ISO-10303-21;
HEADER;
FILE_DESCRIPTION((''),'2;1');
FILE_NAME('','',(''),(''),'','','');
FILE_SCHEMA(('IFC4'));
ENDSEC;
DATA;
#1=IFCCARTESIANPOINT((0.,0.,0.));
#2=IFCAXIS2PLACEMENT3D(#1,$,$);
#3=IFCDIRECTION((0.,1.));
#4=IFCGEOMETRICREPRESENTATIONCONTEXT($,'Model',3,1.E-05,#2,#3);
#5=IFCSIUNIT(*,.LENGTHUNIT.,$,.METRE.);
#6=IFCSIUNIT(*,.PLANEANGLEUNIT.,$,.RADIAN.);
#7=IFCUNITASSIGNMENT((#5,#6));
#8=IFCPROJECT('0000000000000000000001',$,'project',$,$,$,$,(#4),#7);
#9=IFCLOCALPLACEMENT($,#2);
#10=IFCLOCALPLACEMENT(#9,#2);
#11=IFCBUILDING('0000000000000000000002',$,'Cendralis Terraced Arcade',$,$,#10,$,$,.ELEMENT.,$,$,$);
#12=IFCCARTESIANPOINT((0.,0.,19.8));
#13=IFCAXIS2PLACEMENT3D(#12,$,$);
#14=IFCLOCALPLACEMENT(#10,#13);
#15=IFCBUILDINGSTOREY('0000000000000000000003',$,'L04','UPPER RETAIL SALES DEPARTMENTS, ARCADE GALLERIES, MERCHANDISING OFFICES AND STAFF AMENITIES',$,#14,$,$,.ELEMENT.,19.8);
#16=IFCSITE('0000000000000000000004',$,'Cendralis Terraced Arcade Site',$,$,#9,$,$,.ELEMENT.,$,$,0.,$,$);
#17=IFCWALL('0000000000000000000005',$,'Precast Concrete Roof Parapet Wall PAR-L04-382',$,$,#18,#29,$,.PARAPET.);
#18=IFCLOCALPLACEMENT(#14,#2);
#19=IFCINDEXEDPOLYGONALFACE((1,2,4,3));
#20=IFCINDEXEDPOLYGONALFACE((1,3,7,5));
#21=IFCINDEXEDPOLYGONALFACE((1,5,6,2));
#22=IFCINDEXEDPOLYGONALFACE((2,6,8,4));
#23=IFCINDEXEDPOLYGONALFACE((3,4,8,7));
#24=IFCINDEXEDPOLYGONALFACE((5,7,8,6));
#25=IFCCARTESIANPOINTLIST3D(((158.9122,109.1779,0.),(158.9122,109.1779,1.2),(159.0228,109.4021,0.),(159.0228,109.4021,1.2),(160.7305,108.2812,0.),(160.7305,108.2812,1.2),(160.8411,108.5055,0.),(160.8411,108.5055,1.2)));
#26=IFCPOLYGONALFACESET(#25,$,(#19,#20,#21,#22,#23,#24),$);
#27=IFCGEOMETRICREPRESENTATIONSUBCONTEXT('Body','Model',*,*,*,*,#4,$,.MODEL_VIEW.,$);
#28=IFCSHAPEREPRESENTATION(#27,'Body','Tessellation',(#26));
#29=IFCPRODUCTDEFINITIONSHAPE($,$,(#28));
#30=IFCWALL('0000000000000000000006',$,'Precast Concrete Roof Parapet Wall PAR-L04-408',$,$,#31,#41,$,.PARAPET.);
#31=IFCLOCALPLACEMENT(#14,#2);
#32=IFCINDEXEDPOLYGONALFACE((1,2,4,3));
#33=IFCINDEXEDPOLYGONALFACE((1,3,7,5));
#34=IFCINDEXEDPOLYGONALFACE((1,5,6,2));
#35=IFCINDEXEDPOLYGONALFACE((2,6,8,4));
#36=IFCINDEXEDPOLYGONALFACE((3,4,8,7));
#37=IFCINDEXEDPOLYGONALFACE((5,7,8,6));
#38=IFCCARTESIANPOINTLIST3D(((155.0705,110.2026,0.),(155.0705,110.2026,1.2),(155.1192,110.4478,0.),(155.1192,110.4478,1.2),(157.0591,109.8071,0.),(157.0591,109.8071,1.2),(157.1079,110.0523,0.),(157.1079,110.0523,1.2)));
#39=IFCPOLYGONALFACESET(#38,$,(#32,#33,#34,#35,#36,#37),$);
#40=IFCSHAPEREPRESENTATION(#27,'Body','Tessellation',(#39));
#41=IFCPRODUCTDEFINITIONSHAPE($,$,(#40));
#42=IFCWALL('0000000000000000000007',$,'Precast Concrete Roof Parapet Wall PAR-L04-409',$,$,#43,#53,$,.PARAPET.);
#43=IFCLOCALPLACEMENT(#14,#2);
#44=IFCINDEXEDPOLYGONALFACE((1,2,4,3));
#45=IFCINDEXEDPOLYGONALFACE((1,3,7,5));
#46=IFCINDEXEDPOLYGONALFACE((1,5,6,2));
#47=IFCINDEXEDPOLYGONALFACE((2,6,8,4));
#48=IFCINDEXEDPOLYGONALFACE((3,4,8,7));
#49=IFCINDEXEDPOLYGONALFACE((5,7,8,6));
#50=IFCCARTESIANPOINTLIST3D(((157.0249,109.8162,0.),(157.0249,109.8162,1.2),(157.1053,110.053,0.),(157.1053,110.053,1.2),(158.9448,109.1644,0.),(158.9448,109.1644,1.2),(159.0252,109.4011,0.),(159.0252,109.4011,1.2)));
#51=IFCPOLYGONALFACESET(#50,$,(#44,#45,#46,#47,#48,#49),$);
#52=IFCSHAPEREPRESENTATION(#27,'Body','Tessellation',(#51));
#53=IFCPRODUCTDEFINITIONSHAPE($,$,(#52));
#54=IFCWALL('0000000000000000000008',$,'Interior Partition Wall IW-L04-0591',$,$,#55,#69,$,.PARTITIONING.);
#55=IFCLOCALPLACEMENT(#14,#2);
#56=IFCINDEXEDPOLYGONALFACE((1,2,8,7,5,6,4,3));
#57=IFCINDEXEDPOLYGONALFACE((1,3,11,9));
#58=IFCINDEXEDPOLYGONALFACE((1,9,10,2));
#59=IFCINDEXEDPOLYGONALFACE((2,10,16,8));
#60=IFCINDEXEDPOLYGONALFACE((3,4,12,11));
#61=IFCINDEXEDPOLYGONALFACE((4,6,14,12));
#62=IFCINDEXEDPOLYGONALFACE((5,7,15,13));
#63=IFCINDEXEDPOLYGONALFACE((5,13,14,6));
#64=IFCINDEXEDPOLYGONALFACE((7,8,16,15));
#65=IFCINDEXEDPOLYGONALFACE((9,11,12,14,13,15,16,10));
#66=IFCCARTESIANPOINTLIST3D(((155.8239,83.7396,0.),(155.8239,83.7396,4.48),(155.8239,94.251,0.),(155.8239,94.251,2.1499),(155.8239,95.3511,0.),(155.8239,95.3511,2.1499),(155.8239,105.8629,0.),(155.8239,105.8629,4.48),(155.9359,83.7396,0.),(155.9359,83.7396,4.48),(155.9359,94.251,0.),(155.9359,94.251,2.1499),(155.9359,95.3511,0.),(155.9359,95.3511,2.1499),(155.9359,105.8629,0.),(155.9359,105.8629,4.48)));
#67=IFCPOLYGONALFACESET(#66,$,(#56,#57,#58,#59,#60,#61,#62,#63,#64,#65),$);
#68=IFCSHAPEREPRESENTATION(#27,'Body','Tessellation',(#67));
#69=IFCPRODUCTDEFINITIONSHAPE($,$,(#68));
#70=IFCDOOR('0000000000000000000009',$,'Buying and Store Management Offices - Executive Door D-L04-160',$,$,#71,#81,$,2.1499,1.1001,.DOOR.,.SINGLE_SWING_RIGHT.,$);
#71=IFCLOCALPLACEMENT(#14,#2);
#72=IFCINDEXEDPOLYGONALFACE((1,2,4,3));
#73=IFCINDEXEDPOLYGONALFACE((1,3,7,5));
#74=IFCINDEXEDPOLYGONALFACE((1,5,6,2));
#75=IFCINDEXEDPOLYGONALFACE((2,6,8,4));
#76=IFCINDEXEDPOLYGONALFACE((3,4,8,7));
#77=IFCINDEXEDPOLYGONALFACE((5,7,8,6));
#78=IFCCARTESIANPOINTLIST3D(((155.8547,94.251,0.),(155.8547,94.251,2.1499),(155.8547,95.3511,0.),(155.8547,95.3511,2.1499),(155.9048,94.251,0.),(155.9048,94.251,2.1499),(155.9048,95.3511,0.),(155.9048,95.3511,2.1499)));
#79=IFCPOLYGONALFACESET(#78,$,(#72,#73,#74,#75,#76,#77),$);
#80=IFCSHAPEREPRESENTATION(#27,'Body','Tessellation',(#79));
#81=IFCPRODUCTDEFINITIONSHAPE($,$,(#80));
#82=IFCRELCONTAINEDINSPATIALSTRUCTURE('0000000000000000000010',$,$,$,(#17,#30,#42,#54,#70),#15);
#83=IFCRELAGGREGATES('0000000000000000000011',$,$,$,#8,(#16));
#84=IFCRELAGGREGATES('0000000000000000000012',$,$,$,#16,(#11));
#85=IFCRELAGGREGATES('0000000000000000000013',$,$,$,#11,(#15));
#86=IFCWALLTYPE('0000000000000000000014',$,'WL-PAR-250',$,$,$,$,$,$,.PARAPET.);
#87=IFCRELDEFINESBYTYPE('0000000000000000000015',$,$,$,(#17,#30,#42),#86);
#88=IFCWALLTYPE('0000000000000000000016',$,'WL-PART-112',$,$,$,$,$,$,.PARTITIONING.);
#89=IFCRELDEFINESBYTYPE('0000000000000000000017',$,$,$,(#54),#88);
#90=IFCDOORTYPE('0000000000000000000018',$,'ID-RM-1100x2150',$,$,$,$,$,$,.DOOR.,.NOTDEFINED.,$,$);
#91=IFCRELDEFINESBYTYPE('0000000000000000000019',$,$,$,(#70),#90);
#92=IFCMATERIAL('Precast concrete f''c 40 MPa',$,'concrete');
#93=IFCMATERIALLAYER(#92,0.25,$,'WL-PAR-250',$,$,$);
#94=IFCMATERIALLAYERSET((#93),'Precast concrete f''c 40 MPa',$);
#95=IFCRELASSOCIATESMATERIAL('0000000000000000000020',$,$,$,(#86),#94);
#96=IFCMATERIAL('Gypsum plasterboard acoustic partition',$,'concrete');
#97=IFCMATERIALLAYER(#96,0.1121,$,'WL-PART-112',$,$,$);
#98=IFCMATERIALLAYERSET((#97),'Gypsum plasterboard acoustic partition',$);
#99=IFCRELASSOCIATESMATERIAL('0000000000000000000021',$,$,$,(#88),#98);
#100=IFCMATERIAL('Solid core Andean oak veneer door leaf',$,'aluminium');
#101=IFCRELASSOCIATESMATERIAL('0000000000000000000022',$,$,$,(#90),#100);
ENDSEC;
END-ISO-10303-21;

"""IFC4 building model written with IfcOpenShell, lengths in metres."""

from ifc_helpers import new_model, si_unit, direction, frame, frame_2d, origin, place, context, subcontext, project, spatial, rectangle, extrude, material, layer, layer_set, type_object, element, fill, save


model = new_model("IFC4")

# Units and contexts
model_context = context("Model", 3, precision=1e-05, world=origin(), true_north=direction((0.0, 1.0)))
body_context = subcontext(model_context, "Body", "Model", "MODEL_VIEW")
ifc_project = project(units=[si_unit("LENGTHUNIT", "METRE"), si_unit("PLANEANGLEUNIT", "RADIAN")], contexts=[model_context])

# Site, building, storey
site_placement = place(None, origin())
site = spatial("IfcSite", under=ifc_project, at=site_placement, Name="Cendralis Terraced Arcade Site", CompositionType="ELEMENT", RefElevation=0.0)
building_placement = place(site_placement, origin())
building = spatial("IfcBuilding", under=site, at=building_placement, Name="Cendralis Terraced Arcade", CompositionType="ELEMENT")
storey_placement = place(building_placement, frame((0.0, 0.0, 19.8)))
storey = spatial("IfcBuildingStorey", under=building, at=storey_placement, Name="L04", Description="UPPER RETAIL SALES DEPARTMENTS, ARCADE GALLERIES, MERCHANDISING OFFICES AND STAFF AMENITIES", CompositionType="ELEMENT", Elevation=19.8)

# Walls
ifc_material_1 = material(Name="Precast concrete f'c 40 MPa", Category="concrete")
ifc_layer_1 = layer(ifc_material_1, 0.25, Name="WL-PAR-250")
ifc_layer_set_1 = layer_set([ifc_layer_1], Name="Precast concrete f'c 40 MPa")
wall_type_1 = type_object("IfcWallType", Name="WL-PAR-250", PredefinedType="PARAPET", material=ifc_layer_set_1)
wall_1_placement = place(storey_placement, frame((158.9675, 109.29, 0.0), z_axis=(0.0, 0.0, 1.0), x_axis=(0.89687, -0.442294, 0.0)))
element("IfcWall", 1, at=wall_1_placement, inside=storey, type_object=wall_type_1, Name="Precast Concrete Roof Parapet Wall PAR-L04-382", PredefinedType="PARAPET", context=body_context, shape_type="SweptSolid", body=[
    extrude(rectangle(XDim=2.0273, YDim=0.25, at=frame_2d((1.0137, 0.0))), origin(), (0.0, 0.0, 1.0), 1.2),
])
for number, where, z_axis, x_axis, name in (
    (2, (155.095, 110.3252, 0.0), (0.0, 0.0, 1.0), (0.980789, -0.195074, 0.0), "Precast Concrete Roof Parapet Wall PAR-L04-408"),
    (3, (157.0652, 109.9346, 0.0), (0.0, 0.0, 1.0), (0.946911, -0.321497, 0.0), "Precast Concrete Roof Parapet Wall PAR-L04-409"),
):
    element("IfcWall", number, at=place(storey_placement, frame(where, z_axis=z_axis, x_axis=x_axis)), inside=storey, type_object=wall_type_1, Name=name, PredefinedType="PARAPET", context=body_context, shape_type="SweptSolid", body=[
        extrude(rectangle(XDim=2.0276, YDim=0.25, at=frame_2d((1.0137, 0.0))), origin(), (0.0, 0.0, 1.0), 1.2),
    ])

# Wall, opening, door
ifc_material_2 = material(Name="Gypsum plasterboard acoustic partition", Category="concrete")
ifc_layer_2 = layer(ifc_material_2, 0.1121, Name="WL-PART-112")
ifc_layer_set_2 = layer_set([ifc_layer_2], Name="Gypsum plasterboard acoustic partition")
wall_type_2 = type_object("IfcWallType", Name="WL-PART-112", PredefinedType="PARTITIONING", material=ifc_layer_set_2)
wall_2_placement = place(storey_placement, frame((155.8799, 105.8628, 0.0), z_axis=(0.0, 0.0, 1.0), x_axis=(0.0, -1.0, 0.0)))
wall_2 = element("IfcWall", 4, at=wall_2_placement, inside=storey, type_object=wall_type_2, Name="Interior Partition Wall IW-L04-0591", PredefinedType="PARTITIONING", context=body_context, shape_type="SweptSolid", body=[
    extrude(rectangle(XDim=22.1233, YDim=0.1121, at=frame_2d((11.0615, 0.0))), origin(), (0.0, 0.0, 1.0), 4.48),
])
opening_placement = place(wall_2_placement, frame((10.5117, 0.0, 0.0)))
opening = element("IfcOpeningElement", 5, at=opening_placement, cuts=wall_2, PredefinedType="OPENING", context=body_context, shape_type="SweptSolid", body=[
    extrude(rectangle(XDim=1.1001, YDim=2.1499, at=frame_2d((0.55, 1.075))), frame((0.0, 0.0679, 0.0), z_axis=(0.0, -1.0, 0.0), x_axis=(1.0, 0.0, 0.0)), (0.0, 0.0, 1.0), 0.136),
])
ifc_material_3 = material(Name="Solid core Andean oak veneer door leaf", Category="aluminium")
door_type = type_object("IfcDoorType", Name="ID-RM-1100x2150", OperationType="NOTDEFINED", PredefinedType="DOOR", material=ifc_material_3)
door_placement = place(opening_placement, origin())
door = element("IfcDoor", 6, at=door_placement, inside=storey, type_object=door_type, Name="Buying and Store Management Offices - Executive Door D-L04-160", OperationType="SINGLE_SWING_RIGHT", OverallHeight=2.1499, OverallWidth=1.1001, PredefinedType="DOOR", context=body_context, shape_type="SweptSolid", body=[
    extrude(rectangle(XDim=1.1001, YDim=2.1499, at=frame_2d((0.55, 1.075))), frame((0.0, 0.0249, 0.0), z_axis=(0.0, -1.0, 0.0), x_axis=(1.0, 0.0, 0.0)), (0.0, 0.0, 1.0), 0.05),
])
fill(opening, door)

save(model, "model.ifc")
